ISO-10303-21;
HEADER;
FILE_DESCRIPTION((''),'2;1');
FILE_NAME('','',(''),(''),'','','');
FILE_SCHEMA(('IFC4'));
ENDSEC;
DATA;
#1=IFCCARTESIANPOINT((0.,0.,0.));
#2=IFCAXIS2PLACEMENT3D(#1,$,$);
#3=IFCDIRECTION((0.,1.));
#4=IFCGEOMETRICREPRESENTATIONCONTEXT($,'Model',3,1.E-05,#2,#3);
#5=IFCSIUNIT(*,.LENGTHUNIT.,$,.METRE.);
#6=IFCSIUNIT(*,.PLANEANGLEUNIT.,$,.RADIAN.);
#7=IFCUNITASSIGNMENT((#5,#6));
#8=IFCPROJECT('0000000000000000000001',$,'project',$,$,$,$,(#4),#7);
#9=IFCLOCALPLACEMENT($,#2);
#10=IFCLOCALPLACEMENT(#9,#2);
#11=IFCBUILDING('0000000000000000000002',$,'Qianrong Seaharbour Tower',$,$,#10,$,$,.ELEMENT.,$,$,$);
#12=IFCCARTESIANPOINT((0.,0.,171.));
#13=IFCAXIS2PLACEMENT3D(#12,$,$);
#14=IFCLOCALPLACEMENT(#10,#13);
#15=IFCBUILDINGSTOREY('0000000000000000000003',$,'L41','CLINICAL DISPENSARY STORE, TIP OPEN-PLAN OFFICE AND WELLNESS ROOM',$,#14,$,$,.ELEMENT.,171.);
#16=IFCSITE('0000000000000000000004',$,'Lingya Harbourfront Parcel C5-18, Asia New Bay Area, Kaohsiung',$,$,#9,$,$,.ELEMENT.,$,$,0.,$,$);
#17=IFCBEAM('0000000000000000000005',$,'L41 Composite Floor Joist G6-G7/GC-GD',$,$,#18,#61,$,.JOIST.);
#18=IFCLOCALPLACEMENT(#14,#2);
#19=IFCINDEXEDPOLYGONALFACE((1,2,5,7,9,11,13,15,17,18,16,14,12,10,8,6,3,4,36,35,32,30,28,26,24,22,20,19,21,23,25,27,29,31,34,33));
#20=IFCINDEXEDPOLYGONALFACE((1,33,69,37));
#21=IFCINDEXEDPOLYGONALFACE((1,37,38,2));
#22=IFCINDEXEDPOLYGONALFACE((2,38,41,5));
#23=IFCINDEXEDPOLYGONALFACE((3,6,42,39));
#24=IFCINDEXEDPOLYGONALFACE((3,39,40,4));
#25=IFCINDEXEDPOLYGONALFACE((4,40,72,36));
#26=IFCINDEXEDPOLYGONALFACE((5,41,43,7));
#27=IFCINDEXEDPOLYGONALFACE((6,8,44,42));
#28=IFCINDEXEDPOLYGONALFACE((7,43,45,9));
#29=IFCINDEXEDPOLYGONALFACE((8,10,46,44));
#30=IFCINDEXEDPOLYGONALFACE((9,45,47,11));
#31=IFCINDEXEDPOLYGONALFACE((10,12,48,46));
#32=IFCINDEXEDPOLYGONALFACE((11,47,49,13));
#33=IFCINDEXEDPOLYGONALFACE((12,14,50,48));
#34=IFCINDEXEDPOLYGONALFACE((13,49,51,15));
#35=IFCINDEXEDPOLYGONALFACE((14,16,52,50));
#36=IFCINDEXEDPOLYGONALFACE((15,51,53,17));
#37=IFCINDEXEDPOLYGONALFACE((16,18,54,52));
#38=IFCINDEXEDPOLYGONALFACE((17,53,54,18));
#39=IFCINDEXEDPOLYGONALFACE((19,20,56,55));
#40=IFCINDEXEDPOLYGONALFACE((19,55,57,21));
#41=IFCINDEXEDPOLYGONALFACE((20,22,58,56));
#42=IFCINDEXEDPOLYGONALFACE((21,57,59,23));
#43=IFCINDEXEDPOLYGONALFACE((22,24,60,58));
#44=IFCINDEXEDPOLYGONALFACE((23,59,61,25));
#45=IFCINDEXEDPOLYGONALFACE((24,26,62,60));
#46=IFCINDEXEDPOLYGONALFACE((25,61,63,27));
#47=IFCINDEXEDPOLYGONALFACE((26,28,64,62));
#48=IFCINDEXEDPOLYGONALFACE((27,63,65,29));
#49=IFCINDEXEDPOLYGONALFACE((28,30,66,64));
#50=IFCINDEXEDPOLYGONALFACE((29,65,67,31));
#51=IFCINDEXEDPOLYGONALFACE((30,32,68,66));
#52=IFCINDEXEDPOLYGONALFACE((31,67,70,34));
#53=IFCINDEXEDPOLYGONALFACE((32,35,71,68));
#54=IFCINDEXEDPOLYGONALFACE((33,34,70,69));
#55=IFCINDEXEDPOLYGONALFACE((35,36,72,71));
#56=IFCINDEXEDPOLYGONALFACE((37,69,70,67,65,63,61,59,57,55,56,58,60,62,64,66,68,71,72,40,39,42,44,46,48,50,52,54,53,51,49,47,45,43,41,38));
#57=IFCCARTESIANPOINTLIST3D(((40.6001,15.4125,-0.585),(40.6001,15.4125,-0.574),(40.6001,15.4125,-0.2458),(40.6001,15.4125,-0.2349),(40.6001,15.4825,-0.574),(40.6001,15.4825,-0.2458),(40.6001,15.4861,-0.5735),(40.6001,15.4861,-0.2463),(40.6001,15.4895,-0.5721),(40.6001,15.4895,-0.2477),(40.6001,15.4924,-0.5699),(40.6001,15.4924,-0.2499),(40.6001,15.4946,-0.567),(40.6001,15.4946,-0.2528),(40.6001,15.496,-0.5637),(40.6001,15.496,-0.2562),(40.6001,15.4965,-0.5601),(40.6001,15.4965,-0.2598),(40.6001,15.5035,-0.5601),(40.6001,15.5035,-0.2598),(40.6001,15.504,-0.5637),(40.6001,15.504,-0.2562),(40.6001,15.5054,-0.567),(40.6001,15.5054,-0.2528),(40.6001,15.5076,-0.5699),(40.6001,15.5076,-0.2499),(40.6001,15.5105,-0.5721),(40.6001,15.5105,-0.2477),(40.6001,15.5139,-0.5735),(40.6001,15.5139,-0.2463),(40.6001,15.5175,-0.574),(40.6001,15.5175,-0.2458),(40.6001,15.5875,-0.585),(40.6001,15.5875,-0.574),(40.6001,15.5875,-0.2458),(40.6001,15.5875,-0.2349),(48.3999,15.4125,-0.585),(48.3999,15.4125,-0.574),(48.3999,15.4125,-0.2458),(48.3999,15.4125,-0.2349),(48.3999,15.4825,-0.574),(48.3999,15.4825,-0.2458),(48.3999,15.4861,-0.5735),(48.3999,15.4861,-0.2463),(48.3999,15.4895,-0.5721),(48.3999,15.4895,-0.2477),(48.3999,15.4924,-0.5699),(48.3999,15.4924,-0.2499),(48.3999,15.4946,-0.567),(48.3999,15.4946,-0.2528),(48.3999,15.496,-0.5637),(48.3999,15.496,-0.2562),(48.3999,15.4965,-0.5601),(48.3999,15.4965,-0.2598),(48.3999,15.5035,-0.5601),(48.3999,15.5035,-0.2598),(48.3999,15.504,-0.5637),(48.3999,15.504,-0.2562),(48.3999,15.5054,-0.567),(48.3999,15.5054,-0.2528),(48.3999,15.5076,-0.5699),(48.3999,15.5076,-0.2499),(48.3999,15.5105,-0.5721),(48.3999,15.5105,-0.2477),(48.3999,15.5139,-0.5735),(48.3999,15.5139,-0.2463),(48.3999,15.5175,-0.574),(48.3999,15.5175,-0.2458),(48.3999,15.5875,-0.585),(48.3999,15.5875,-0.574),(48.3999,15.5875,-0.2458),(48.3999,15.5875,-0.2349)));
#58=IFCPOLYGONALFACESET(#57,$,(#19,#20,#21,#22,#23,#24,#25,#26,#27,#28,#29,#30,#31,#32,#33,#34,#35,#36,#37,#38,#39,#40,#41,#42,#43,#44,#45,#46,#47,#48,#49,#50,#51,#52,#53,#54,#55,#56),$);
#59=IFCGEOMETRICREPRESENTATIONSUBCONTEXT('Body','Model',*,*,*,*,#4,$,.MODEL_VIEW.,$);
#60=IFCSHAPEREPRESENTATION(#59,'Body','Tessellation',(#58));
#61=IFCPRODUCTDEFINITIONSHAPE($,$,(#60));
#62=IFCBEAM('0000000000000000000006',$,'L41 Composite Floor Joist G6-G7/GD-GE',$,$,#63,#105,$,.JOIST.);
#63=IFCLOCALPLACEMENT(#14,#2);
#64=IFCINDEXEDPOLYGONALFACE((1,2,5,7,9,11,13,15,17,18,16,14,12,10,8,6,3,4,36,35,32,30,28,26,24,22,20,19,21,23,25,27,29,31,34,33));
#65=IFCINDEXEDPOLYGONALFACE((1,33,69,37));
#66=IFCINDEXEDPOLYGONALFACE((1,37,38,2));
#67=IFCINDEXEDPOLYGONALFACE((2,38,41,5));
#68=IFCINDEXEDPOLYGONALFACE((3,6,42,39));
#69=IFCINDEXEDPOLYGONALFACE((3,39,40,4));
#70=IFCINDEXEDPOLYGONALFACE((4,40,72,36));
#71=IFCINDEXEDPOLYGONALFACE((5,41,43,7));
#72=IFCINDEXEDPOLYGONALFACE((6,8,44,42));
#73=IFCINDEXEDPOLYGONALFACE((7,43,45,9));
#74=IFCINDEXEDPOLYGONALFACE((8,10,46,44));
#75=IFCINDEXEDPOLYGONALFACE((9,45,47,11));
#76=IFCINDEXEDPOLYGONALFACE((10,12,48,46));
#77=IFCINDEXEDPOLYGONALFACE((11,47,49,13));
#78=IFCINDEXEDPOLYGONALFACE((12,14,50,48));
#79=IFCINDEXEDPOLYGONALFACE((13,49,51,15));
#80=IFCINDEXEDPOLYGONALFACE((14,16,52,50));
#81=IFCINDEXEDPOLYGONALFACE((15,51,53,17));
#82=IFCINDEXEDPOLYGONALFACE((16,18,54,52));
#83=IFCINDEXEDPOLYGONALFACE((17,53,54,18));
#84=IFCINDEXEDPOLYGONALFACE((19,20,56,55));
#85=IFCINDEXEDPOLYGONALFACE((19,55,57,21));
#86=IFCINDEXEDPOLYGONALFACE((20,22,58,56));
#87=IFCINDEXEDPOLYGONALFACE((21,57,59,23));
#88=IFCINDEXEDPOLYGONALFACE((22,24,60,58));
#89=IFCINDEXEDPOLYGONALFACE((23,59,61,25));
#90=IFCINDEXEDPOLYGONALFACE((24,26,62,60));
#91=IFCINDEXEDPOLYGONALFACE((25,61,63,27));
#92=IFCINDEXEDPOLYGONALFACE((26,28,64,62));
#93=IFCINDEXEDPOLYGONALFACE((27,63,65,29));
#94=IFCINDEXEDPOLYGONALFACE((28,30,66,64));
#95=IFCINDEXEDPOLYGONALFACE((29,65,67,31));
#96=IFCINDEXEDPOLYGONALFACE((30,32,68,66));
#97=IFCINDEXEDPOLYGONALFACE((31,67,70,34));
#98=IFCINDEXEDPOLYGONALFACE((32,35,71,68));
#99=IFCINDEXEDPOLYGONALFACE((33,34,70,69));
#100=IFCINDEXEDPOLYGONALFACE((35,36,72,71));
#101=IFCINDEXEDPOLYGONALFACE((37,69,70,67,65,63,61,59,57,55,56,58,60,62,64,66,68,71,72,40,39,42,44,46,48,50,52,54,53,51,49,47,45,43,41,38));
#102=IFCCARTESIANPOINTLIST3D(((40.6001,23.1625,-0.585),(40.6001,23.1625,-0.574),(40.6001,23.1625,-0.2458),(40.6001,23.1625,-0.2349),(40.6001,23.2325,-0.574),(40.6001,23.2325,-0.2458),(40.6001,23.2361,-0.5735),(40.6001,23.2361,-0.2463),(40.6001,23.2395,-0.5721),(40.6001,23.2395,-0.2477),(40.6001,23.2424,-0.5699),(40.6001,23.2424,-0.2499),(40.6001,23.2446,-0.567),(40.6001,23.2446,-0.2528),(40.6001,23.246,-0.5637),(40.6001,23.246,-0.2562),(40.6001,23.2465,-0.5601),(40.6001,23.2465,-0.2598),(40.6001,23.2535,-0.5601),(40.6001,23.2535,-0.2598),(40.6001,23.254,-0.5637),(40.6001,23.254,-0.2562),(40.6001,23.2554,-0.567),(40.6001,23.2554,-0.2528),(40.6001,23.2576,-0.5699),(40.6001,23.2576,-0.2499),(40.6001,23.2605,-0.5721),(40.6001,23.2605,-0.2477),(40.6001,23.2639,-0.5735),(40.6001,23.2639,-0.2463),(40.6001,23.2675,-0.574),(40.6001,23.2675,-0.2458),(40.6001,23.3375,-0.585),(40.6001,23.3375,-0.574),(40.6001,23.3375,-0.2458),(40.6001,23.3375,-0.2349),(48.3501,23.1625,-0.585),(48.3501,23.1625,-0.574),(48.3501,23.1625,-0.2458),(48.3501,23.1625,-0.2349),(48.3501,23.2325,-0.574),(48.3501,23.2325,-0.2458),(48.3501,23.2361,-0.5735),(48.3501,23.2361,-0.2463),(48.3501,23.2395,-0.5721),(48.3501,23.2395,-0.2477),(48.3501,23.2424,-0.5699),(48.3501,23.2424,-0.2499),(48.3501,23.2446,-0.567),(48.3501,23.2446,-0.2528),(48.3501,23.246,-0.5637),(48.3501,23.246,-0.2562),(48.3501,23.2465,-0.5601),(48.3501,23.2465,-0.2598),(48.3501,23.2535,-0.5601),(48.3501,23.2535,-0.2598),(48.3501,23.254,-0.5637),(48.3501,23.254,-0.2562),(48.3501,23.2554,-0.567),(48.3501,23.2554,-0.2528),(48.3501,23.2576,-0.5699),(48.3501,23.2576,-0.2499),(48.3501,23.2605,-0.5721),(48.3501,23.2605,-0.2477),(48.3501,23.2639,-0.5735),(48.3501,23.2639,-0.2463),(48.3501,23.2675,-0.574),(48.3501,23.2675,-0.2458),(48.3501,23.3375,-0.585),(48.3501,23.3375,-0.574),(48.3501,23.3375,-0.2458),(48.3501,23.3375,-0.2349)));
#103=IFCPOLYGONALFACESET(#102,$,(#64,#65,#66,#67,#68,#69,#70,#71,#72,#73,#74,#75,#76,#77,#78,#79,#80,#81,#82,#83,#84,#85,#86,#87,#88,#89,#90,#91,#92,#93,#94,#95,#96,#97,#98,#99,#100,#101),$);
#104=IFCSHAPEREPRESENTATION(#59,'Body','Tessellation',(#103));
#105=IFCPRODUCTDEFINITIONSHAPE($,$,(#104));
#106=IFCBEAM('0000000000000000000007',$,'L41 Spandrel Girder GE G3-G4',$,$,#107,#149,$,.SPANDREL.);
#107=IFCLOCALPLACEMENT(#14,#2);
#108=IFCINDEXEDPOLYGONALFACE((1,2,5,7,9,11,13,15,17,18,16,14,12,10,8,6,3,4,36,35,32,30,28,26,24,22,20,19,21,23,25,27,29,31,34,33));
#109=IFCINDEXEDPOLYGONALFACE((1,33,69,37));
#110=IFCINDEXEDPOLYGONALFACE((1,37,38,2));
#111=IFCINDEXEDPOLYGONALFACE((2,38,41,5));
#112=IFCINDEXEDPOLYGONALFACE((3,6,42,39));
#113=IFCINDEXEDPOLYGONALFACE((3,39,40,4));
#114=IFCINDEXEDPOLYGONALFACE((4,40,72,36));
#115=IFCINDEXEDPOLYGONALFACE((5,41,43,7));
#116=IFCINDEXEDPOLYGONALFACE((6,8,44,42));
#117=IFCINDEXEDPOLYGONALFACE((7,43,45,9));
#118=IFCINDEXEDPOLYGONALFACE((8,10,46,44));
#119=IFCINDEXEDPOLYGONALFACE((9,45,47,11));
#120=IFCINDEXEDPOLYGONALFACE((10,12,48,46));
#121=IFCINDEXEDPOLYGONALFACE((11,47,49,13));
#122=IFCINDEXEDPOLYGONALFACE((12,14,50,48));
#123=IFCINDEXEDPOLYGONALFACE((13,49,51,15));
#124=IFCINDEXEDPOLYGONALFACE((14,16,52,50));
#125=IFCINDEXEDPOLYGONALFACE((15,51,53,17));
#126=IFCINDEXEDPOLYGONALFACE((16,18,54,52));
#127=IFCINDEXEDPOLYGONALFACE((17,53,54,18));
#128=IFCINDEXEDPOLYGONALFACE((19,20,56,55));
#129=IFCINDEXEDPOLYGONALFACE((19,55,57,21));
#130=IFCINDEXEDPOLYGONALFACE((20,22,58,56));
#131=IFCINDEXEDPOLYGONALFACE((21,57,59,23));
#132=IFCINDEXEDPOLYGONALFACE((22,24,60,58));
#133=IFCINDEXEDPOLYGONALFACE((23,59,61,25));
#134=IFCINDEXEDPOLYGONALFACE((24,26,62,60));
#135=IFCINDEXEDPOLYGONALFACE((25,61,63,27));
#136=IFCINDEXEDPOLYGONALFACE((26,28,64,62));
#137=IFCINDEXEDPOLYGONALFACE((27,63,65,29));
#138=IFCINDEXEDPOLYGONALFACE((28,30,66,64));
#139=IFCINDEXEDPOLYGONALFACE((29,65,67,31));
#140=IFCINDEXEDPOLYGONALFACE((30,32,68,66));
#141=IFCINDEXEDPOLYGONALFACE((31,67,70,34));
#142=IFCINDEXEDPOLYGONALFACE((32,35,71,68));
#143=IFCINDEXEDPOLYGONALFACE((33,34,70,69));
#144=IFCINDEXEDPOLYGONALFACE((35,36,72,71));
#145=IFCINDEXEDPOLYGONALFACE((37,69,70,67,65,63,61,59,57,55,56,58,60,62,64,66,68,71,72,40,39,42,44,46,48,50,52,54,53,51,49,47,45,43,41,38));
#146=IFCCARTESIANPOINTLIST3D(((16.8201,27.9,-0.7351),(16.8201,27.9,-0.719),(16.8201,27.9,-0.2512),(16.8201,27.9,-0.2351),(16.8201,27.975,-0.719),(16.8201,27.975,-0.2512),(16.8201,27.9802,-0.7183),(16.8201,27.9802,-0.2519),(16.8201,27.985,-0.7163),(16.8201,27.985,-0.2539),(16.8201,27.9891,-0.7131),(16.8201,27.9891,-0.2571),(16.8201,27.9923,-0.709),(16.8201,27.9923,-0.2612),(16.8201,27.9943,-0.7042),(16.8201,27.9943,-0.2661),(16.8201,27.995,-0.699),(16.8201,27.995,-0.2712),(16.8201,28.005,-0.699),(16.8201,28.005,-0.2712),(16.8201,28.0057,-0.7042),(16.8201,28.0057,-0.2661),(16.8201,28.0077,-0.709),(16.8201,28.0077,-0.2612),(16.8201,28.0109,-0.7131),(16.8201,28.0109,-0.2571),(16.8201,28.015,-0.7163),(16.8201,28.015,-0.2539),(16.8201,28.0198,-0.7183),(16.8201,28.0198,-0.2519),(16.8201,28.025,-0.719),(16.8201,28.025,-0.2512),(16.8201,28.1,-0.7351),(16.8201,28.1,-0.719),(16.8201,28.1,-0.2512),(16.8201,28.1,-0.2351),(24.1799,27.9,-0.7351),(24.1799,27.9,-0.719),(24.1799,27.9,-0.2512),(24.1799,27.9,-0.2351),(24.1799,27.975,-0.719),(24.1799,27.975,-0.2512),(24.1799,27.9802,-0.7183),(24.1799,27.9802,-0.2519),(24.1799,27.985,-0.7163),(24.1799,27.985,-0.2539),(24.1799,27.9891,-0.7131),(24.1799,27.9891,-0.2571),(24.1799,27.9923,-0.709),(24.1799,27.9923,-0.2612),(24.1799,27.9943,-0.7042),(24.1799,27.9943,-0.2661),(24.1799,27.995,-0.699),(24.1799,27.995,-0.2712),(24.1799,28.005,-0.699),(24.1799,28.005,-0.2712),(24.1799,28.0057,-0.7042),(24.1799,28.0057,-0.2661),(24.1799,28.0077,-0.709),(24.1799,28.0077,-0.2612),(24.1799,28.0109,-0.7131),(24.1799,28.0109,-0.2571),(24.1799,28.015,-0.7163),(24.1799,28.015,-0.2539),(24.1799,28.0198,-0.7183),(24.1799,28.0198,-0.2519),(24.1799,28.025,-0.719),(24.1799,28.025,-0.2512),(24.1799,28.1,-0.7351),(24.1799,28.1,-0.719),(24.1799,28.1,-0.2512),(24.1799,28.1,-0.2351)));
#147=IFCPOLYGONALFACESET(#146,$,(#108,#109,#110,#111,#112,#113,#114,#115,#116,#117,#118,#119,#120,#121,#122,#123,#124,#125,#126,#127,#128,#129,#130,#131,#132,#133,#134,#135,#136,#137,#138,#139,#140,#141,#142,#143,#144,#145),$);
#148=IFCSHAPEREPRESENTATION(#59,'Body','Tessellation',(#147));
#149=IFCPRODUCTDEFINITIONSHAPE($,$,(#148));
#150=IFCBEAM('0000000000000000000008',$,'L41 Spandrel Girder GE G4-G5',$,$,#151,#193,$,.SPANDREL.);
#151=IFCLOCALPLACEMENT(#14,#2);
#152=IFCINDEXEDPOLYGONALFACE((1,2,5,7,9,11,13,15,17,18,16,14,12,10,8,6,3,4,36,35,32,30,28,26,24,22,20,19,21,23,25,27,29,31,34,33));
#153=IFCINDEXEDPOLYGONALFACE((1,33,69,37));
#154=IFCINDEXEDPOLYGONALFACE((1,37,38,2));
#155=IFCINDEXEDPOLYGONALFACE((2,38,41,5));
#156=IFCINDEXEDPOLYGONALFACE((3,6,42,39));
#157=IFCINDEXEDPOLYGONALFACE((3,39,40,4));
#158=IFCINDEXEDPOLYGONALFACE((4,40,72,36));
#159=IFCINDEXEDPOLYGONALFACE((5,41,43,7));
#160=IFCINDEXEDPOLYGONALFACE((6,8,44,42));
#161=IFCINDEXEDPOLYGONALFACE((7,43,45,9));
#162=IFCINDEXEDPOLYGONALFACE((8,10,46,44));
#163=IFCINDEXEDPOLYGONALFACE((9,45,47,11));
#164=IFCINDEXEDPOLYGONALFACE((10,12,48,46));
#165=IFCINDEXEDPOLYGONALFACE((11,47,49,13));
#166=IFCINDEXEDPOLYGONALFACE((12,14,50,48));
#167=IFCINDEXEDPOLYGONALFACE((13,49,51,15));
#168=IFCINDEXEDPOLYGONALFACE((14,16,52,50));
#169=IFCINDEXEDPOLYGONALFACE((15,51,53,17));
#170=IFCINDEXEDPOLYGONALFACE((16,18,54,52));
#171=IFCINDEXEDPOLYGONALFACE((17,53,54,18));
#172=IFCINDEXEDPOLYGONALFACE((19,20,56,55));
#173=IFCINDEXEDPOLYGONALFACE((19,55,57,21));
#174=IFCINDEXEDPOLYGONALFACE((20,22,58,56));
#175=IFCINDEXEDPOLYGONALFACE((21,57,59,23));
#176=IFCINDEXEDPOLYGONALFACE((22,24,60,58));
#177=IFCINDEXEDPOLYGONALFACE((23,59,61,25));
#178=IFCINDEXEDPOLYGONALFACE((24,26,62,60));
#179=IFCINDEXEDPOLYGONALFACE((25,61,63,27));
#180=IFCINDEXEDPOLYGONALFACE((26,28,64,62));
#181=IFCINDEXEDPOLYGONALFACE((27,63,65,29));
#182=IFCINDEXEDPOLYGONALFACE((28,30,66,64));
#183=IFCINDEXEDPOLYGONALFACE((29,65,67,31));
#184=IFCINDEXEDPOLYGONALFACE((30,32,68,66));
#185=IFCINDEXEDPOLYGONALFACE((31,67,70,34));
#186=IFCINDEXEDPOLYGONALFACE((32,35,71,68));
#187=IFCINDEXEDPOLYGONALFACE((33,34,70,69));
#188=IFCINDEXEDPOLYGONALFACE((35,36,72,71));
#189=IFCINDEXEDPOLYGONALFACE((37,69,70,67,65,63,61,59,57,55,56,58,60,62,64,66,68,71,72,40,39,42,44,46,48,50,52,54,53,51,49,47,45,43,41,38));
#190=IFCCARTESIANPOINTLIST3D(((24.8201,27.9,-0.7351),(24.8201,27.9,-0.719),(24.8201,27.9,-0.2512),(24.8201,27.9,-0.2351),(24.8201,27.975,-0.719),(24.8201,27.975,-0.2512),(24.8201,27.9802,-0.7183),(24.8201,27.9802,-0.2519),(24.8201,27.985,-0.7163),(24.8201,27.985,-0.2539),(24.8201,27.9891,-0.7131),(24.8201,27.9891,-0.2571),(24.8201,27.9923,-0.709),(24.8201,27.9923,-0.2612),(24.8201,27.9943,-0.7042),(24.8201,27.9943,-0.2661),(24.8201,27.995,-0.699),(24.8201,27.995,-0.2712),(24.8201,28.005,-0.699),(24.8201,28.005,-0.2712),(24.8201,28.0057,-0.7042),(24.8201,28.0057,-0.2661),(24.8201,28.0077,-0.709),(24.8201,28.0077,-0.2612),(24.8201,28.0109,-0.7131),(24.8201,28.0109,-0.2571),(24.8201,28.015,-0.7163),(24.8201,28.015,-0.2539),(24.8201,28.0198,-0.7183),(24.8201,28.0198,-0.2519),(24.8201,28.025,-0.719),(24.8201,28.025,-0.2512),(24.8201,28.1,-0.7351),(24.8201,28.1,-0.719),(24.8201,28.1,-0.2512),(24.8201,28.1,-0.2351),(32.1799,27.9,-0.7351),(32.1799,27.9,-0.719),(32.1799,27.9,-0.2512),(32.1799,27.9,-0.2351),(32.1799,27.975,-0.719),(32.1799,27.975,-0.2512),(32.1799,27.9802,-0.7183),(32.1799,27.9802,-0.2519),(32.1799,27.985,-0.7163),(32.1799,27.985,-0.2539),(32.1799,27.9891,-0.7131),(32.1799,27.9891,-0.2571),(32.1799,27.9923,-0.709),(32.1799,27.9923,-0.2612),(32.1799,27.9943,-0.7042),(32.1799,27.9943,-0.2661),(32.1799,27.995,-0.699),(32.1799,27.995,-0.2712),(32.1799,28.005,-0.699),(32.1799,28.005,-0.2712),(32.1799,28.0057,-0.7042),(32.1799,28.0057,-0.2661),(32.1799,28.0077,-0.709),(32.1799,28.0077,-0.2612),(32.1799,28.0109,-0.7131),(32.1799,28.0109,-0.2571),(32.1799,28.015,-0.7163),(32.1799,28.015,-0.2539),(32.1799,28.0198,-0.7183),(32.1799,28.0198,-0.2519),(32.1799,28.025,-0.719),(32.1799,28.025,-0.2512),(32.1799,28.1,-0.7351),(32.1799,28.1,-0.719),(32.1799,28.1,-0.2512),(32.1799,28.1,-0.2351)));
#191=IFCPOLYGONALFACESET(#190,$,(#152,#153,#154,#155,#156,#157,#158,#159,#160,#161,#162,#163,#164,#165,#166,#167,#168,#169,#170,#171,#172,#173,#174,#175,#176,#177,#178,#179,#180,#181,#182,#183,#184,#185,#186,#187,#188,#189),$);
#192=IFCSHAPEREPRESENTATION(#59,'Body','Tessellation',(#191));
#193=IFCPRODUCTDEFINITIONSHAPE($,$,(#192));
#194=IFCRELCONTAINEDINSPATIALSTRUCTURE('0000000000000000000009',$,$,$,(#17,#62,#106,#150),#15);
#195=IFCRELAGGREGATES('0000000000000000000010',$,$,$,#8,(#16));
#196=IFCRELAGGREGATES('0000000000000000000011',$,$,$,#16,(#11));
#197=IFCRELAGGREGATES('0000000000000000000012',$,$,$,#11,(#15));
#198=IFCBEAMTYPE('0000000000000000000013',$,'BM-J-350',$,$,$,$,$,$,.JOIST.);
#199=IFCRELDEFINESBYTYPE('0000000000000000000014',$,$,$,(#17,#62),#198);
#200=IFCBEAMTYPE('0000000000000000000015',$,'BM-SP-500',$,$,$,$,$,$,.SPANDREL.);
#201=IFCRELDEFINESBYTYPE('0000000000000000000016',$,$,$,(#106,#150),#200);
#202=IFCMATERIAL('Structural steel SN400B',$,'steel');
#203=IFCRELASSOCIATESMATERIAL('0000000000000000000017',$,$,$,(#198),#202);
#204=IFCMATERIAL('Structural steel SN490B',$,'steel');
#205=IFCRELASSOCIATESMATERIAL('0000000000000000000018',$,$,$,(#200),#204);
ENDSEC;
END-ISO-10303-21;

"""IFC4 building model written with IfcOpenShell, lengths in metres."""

from ifc_helpers import new_model, si_unit, direction, frame, origin, origin_2d, place, context, subcontext, project, spatial, i_section, extrude, material, material_profile, profile_set, type_object, element, save


model = new_model("IFC4")

# Units and contexts
model_context = context("Model", 3, precision=1e-05, world=origin(), true_north=direction((0.0, 1.0)))
body_context = subcontext(model_context, "Body", "Model", "MODEL_VIEW")
ifc_project = project(units=[si_unit("LENGTHUNIT", "METRE"), si_unit("PLANEANGLEUNIT", "RADIAN")], contexts=[model_context])

# Site, building, storey
site_placement = place(None, origin())
site = spatial("IfcSite", under=ifc_project, at=site_placement, Name="Lingya Harbourfront Parcel C5-18, Asia New Bay Area, Kaohsiung", CompositionType="ELEMENT", RefElevation=0.0)
building_placement = place(site_placement, origin())
building = spatial("IfcBuilding", under=site, at=building_placement, Name="Qianrong Seaharbour Tower", CompositionType="ELEMENT")
storey_placement = place(building_placement, frame((0.0, 0.0, 171.0)))
storey = spatial("IfcBuildingStorey", under=building, at=storey_placement, Name="L41", Description="CLINICAL DISPENSARY STORE, TIP OPEN-PLAN OFFICE AND WELLNESS ROOM", CompositionType="ELEMENT", Elevation=171.0)

# Shared definitions
ifc_material_1 = material(Name="Structural steel SN490B", Category="steel")

# Beams
ifc_material_2 = material(Name="Structural steel SN400B", Category="steel")
ifc_material_profile_1 = material_profile(ifc_material_2, i_section(OverallWidth=0.175, OverallDepth=0.3501, WebThickness=0.0071, FlangeThickness=0.011, FilletRadius=0.0139, at=origin_2d()), Name="H350x175x7x11")
ifc_profile_set_1 = profile_set([ifc_material_profile_1], Name="Structural steel SN400B")
beam_type_1 = type_object("IfcBeamType", Name="BM-J-350", PredefinedType="JOIST", material=ifc_profile_set_1)
beam_1_placement = place(storey_placement, frame((40.6001, 15.5, -0.4099), z_axis=(1.0, 0.0, 0.0), x_axis=(0.0, 1.0, 0.0)))
element("IfcBeam", 1, at=beam_1_placement, inside=storey, type_object=beam_type_1, Name="L41 Composite Floor Joist G6-G7/GC-GD", PredefinedType="JOIST", context=body_context, shape_type="SweptSolid", body=[
    extrude(i_section(OverallWidth=0.175, OverallDepth=0.3501, WebThickness=0.0071, FlangeThickness=0.011, FilletRadius=0.0139, at=origin_2d()), origin(), (0.0, 0.0, 1.0), 7.7998),
])
beam_2_placement = place(storey_placement, frame((40.6001, 23.25, -0.4099), z_axis=(1.0, 0.0, 0.0), x_axis=(0.0, 1.0, 0.0)))
element("IfcBeam", 2, at=beam_2_placement, inside=storey, type_object=beam_type_1, Name="L41 Composite Floor Joist G6-G7/GD-GE", PredefinedType="JOIST", context=body_context, shape_type="SweptSolid", body=[
    extrude(i_section(OverallWidth=0.175, OverallDepth=0.3501, WebThickness=0.0071, FlangeThickness=0.011, FilletRadius=0.0139, at=origin_2d()), origin(), (0.0, 0.0, 1.0), 7.75),
])
ifc_material_profile_2 = material_profile(ifc_material_1, i_section(OverallWidth=0.2, OverallDepth=0.5, WebThickness=0.01, FlangeThickness=0.0161, FilletRadius=0.02, at=origin_2d()), Name="H500x200x10x16")
ifc_profile_set_2 = profile_set([ifc_material_profile_2], Name="Structural steel SN490B")
beam_type_2 = type_object("IfcBeamType", Name="BM-SP-500", PredefinedType="SPANDREL", material=ifc_profile_set_2)
for number, where, z_axis, x_axis, name in (
    (3, (16.8201, 28.0, -0.4851), (1.0, 0.0, 0.0), (0.0, 1.0, 0.0), "L41 Spandrel Girder GE G3-G4"),
    (4, (24.8201, 28.0, -0.4851), (1.0, 0.0, 0.0), (0.0, 1.0, 0.0), "L41 Spandrel Girder GE G4-G5"),
):
    element("IfcBeam", number, at=place(storey_placement, frame(where, z_axis=z_axis, x_axis=x_axis)), inside=storey, type_object=beam_type_2, Name=name, PredefinedType="SPANDREL", context=body_context, shape_type="SweptSolid", body=[
        extrude(i_section(OverallWidth=0.2, OverallDepth=0.5, WebThickness=0.01, FlangeThickness=0.0161, FilletRadius=0.02, at=origin_2d()), origin(), (0.0, 0.0, 1.0), 7.3599),
    ])

save(model, "model.ifc")
